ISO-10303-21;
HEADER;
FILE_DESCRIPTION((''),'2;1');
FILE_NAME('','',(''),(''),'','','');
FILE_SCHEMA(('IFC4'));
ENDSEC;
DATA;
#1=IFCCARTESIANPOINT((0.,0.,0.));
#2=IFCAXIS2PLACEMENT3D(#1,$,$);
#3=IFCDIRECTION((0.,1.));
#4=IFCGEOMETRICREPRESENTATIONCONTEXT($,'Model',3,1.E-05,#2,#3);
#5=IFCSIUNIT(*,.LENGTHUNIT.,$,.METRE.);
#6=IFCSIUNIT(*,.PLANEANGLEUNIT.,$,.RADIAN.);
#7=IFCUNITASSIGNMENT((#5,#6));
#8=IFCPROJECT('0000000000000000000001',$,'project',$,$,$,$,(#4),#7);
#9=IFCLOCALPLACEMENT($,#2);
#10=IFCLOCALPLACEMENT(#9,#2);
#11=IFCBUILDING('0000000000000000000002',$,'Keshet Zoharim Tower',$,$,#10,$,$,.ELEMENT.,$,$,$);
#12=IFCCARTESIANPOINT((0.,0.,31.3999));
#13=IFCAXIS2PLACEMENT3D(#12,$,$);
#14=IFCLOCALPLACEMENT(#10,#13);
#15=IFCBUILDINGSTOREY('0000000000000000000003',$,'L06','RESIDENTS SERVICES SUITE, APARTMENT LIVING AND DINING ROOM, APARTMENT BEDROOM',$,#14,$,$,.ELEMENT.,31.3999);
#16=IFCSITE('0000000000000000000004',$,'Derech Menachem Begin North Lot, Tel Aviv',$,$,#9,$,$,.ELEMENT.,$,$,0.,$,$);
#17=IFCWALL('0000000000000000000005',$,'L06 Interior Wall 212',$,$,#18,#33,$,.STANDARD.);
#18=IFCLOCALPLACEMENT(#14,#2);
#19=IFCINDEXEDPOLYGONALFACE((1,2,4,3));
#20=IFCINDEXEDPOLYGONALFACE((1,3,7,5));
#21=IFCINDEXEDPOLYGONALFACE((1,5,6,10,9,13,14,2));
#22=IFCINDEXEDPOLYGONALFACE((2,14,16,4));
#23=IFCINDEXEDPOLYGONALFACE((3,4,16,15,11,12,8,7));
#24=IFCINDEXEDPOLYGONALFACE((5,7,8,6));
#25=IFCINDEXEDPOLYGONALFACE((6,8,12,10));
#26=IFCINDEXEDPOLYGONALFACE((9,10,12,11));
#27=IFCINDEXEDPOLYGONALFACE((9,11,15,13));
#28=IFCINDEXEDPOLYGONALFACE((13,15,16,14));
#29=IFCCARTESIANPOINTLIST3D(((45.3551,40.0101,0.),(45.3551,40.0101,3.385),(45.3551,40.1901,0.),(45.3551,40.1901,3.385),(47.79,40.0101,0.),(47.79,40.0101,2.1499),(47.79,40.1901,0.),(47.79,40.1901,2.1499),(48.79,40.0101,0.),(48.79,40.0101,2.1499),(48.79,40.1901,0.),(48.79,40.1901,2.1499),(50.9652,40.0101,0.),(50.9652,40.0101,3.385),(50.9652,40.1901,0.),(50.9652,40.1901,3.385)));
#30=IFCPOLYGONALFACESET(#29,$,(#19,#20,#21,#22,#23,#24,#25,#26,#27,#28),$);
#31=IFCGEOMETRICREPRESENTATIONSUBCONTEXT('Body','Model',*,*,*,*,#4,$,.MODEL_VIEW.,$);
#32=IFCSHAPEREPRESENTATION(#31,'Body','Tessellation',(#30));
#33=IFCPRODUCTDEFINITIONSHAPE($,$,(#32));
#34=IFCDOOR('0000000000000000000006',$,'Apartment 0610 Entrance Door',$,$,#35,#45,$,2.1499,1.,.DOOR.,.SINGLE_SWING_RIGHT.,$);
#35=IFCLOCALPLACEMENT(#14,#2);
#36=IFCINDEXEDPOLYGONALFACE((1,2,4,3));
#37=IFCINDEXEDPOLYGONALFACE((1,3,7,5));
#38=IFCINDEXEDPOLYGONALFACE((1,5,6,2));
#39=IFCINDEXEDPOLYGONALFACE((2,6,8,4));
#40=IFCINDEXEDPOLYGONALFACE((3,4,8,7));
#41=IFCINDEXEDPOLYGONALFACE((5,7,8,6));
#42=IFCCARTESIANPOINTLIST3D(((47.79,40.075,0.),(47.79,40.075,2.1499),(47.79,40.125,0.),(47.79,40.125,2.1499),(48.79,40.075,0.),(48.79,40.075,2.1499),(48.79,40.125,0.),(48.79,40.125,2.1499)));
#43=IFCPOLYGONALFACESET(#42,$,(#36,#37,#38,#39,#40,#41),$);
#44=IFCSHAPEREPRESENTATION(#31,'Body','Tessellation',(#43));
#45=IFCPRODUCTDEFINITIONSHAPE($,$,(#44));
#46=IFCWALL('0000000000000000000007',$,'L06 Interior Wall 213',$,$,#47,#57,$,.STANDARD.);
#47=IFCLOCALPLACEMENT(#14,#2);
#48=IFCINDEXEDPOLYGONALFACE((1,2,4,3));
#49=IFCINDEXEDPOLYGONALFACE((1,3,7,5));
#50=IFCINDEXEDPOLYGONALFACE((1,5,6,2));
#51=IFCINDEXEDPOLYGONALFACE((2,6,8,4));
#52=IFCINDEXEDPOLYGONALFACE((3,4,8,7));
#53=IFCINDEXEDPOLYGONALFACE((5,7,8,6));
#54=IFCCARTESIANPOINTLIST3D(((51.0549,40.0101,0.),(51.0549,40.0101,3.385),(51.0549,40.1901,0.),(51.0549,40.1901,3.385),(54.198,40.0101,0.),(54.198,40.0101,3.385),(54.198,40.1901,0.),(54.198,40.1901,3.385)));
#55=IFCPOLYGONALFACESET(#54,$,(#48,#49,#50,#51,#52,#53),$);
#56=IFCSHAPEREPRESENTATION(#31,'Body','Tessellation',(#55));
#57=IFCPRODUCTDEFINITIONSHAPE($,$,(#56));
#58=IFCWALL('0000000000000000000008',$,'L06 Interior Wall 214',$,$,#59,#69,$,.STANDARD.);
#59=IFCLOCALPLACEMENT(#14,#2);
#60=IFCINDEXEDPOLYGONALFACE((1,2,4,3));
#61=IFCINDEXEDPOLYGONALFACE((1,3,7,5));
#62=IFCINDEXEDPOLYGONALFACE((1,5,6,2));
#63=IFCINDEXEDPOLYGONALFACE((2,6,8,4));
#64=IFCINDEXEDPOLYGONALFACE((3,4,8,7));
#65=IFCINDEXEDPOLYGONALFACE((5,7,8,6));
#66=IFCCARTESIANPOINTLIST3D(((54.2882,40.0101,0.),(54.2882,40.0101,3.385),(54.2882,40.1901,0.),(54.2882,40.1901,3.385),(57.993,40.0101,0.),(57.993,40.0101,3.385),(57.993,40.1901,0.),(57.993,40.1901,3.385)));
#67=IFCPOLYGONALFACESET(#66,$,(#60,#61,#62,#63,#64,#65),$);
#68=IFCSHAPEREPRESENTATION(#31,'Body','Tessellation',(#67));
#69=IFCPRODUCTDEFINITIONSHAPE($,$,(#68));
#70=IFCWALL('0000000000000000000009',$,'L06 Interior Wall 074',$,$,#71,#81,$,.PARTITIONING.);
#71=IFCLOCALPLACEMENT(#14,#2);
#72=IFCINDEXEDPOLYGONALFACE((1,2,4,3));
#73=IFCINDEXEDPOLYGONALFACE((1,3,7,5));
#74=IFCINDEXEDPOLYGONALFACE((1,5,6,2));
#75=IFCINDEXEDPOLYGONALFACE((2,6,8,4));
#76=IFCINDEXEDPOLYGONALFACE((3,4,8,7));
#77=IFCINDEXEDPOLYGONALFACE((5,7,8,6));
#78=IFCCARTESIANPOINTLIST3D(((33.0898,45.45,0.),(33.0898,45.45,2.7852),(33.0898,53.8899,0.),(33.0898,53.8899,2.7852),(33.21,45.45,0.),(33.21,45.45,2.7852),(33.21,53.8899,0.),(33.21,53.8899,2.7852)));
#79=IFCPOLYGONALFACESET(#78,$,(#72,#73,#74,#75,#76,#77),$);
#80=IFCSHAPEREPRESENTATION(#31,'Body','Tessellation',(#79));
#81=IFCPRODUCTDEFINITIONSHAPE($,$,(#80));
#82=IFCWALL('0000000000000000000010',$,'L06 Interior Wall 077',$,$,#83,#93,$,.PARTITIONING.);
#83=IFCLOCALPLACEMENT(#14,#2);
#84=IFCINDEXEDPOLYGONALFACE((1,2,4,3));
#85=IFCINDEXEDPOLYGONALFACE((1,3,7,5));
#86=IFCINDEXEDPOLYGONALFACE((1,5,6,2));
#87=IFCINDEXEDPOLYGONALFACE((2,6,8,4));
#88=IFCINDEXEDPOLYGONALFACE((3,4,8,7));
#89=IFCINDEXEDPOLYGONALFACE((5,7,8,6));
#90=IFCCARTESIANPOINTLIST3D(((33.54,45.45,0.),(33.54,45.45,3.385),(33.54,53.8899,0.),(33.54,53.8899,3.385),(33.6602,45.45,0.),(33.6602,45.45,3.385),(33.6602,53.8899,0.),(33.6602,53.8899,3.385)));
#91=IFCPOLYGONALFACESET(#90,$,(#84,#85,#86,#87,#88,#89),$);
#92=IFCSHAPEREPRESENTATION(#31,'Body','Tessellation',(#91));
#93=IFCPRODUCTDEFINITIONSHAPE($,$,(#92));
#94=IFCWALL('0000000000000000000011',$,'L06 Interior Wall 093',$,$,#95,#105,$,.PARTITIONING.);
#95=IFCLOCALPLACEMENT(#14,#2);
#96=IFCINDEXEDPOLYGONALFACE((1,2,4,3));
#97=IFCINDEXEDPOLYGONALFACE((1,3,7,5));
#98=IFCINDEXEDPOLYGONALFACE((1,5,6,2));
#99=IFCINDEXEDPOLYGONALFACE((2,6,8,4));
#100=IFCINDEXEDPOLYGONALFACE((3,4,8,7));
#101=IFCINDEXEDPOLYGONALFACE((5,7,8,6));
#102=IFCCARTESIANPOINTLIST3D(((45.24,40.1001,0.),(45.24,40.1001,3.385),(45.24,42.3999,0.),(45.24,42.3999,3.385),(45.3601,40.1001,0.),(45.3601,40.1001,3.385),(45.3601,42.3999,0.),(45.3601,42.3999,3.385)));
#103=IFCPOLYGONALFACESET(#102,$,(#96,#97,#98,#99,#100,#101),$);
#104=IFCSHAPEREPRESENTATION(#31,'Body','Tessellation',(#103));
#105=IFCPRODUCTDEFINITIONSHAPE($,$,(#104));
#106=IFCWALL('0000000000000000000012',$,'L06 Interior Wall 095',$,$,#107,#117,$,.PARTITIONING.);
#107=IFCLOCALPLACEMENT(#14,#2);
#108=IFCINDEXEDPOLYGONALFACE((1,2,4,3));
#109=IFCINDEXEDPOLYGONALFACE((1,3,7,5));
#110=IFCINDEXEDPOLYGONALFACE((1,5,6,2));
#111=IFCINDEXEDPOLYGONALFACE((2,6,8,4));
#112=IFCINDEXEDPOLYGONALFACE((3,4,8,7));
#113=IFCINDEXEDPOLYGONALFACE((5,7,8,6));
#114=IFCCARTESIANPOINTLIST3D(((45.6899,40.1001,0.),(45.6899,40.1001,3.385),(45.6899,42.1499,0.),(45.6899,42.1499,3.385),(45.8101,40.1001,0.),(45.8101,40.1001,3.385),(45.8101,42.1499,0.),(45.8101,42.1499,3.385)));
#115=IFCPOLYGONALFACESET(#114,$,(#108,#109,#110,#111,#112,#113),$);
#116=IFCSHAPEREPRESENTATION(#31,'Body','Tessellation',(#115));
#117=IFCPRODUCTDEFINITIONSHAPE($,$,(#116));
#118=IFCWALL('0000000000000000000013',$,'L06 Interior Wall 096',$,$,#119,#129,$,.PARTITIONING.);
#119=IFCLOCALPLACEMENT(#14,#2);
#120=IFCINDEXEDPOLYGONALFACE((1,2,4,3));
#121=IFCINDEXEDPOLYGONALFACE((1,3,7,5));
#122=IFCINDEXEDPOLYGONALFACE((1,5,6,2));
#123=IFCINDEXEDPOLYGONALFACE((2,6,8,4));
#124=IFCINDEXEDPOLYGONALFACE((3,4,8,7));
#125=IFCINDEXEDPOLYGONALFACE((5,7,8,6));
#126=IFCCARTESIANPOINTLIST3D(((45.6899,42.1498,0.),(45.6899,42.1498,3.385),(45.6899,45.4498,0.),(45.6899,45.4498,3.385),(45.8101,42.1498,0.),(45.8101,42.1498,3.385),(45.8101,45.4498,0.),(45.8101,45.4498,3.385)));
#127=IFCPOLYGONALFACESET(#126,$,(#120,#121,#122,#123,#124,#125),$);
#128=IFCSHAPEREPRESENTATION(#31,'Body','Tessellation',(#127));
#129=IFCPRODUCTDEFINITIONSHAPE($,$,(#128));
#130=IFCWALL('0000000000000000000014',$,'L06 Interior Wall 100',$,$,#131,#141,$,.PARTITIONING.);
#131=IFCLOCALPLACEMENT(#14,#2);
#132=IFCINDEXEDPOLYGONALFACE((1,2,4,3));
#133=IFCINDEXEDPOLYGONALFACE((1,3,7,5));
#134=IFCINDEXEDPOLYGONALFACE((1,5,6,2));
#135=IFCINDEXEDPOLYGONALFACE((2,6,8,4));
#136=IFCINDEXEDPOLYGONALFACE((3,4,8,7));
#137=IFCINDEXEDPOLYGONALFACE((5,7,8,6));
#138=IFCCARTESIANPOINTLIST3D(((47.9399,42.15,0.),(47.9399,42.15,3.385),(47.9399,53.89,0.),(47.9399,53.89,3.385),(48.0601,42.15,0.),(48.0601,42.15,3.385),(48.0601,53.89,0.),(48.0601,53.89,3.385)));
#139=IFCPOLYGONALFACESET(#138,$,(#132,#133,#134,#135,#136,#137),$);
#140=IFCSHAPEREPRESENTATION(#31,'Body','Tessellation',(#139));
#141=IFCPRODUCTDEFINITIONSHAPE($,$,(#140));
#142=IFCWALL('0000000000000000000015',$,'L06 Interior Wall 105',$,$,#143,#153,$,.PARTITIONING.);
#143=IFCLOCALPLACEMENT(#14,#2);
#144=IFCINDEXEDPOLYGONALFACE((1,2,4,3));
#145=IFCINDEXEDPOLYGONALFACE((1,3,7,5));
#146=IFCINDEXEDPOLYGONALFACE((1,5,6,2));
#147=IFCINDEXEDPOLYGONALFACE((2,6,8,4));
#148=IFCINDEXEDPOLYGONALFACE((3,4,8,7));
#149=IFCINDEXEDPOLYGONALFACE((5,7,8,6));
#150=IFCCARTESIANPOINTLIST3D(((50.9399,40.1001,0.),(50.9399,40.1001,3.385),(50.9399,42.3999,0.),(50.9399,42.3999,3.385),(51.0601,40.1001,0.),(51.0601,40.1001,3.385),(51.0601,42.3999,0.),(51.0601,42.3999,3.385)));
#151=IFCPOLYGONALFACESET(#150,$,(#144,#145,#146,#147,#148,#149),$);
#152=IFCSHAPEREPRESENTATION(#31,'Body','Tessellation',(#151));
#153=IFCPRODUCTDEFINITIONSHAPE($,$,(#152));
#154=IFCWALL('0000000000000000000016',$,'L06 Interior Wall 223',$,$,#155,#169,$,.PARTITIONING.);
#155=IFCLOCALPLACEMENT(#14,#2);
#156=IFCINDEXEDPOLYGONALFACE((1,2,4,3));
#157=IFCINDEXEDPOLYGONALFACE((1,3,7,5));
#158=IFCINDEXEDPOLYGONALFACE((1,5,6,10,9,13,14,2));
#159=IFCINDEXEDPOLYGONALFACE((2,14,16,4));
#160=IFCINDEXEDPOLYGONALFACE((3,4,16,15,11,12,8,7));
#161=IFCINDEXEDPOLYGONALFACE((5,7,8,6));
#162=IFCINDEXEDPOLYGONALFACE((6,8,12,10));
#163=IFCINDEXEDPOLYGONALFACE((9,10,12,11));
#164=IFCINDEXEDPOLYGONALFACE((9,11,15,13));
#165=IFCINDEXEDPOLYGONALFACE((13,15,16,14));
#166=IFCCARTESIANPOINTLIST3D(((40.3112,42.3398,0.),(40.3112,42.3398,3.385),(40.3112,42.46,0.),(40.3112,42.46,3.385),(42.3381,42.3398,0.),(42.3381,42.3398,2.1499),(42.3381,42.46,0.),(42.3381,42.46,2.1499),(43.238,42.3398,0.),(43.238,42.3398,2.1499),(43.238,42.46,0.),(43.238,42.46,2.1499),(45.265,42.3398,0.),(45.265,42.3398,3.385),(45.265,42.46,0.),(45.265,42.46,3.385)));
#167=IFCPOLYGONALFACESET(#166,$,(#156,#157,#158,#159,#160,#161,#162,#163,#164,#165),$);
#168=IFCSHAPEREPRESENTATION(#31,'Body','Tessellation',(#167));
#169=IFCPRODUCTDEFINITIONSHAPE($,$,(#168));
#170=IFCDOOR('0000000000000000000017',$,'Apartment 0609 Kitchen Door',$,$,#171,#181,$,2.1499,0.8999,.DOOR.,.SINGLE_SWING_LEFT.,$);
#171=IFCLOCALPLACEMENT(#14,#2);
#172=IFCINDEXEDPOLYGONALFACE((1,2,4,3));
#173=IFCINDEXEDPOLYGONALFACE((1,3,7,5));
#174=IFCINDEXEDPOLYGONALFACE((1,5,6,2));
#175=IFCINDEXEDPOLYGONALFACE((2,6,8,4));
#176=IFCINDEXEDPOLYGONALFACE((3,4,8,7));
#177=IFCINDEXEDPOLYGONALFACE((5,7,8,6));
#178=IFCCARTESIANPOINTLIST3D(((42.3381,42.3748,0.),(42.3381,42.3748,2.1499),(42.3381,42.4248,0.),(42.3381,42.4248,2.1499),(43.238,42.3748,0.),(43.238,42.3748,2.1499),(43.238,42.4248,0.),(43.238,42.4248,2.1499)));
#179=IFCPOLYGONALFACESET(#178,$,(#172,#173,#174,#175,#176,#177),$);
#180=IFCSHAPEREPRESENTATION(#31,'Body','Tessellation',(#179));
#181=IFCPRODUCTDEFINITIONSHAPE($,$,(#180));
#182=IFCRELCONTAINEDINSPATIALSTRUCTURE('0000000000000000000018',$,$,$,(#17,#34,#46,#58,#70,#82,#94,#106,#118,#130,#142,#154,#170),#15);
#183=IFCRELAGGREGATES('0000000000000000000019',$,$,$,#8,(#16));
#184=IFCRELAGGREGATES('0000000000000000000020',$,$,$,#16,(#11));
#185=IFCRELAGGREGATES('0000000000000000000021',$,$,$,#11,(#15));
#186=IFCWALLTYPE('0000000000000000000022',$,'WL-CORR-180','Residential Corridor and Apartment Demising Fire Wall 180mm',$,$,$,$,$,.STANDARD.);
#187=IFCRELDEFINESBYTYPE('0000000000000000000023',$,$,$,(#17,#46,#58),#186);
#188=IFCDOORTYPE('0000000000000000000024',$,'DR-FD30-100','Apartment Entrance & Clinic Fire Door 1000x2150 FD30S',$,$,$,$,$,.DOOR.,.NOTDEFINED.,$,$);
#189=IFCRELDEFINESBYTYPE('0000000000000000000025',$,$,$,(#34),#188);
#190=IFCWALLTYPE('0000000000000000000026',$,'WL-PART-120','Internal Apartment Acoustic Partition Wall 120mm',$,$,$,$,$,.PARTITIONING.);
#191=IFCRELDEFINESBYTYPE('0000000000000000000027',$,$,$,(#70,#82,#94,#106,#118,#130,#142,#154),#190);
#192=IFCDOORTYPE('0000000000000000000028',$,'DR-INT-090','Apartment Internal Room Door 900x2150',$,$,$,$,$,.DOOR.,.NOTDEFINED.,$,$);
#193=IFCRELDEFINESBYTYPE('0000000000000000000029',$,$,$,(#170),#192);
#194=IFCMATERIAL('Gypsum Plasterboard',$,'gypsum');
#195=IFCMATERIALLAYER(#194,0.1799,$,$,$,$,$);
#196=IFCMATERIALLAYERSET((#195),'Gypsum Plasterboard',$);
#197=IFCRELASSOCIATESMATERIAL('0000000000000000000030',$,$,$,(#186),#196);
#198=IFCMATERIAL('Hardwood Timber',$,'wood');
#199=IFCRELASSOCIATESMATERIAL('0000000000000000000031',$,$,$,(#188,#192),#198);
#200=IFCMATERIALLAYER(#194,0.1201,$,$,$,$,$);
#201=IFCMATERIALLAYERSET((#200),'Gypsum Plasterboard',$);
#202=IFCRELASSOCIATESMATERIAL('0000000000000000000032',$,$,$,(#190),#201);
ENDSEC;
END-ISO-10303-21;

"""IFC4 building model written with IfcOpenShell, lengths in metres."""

from ifc_helpers import new_model, si_unit, direction, frame, frame_2d, origin, place, context, subcontext, project, spatial, rectangle, extrude, material, layer, layer_set, type_object, element, fill, save


model = new_model("IFC4")

# Units and contexts
model_context = context("Model", 3, precision=1e-05, world=origin(), true_north=direction((0.0, 1.0)))
body_context = subcontext(model_context, "Body", "Model", "MODEL_VIEW")
ifc_project = project(units=[si_unit("LENGTHUNIT", "METRE"), si_unit("PLANEANGLEUNIT", "RADIAN")], contexts=[model_context])

# Site, building, storey
site_placement = place(None, origin())
site = spatial("IfcSite", under=ifc_project, at=site_placement, Name="Derech Menachem Begin North Lot, Tel Aviv", CompositionType="ELEMENT", RefElevation=0.0)
building_placement = place(site_placement, origin())
building = spatial("IfcBuilding", under=site, at=building_placement, Name="Keshet Zoharim Tower", CompositionType="ELEMENT")
storey_placement = place(building_placement, frame((0.0, 0.0, 31.3999)))
storey = spatial("IfcBuildingStorey", under=building, at=storey_placement, Name="L06", Description="RESIDENTS SERVICES SUITE, APARTMENT LIVING AND DINING ROOM, APARTMENT BEDROOM", CompositionType="ELEMENT", Elevation=31.3999)

# Wall, opening, door
ifc_material_1 = material(Name="Gypsum Plasterboard", Category="gypsum")
ifc_layer_1 = layer(ifc_material_1, 0.1799)
ifc_layer_set_1 = layer_set([ifc_layer_1], Name="Gypsum Plasterboard")
wall_type_1 = type_object("IfcWallType", Name="WL-CORR-180", Description="Residential Corridor and Apartment Demising Fire Wall 180mm", PredefinedType="STANDARD", material=ifc_layer_set_1)
wall_1_placement = place(storey_placement, frame((45.355, 40.1001, 0.0), z_axis=(0.0, 0.0, 1.0), x_axis=(1.0, 0.0, 0.0)))
wall_1 = element("IfcWall", 1, at=wall_1_placement, inside=storey, type_object=wall_type_1, Name="L06 Interior Wall 212", PredefinedType="STANDARD", context=body_context, shape_type="SweptSolid", body=[
    extrude(rectangle(XDim=5.6101, YDim=0.1799, at=frame_2d((2.8052, 0.0))), origin(), (0.0, 0.0, 1.0), 3.385),
])
opening_1_placement = place(wall_1_placement, frame((2.4351, 0.0, 0.0)))
opening_1 = element("IfcOpeningElement", 2, at=opening_1_placement, cuts=wall_1, PredefinedType="OPENING", context=body_context, shape_type="SweptSolid", body=[
    extrude(rectangle(XDim=1.0, YDim=2.1499, at=frame_2d((0.5, 1.075))), frame((0.0, 0.1001, 0.0), z_axis=(0.0, -1.0, 0.0), x_axis=(1.0, 0.0, 0.0)), (0.0, 0.0, 1.0), 0.2),
])
ifc_material_2 = material(Name="Hardwood Timber", Category="wood")
door_type_1 = type_object("IfcDoorType", Name="DR-FD30-100", Description="Apartment Entrance & Clinic Fire Door 1000x2150 FD30S", OperationType="NOTDEFINED", PredefinedType="DOOR", material=ifc_material_2)
door_1_placement = place(opening_1_placement, origin())
door_1 = element("IfcDoor", 3, at=door_1_placement, inside=storey, type_object=door_type_1, Name="Apartment 0610 Entrance Door", OperationType="SINGLE_SWING_RIGHT", OverallHeight=2.1499, OverallWidth=1.0, PredefinedType="DOOR", context=body_context, shape_type="SweptSolid", body=[
    extrude(rectangle(XDim=1.0, YDim=2.1499, at=frame_2d((0.5, 1.075))), frame((0.0, 0.0249, 0.0), z_axis=(0.0, -1.0, 0.0), x_axis=(1.0, 0.0, 0.0)), (0.0, 0.0, 1.0), 0.05),
])
fill(opening_1, door_1)

# Walls
wall_2_placement = place(storey_placement, frame((51.0549, 40.1001, 0.0), z_axis=(0.0, 0.0, 1.0), x_axis=(1.0, 0.0, 0.0)))
element("IfcWall", 4, at=wall_2_placement, inside=storey, type_object=wall_type_1, Name="L06 Interior Wall 213", PredefinedType="STANDARD", context=body_context, shape_type="SweptSolid", body=[
    extrude(rectangle(XDim=3.1431, YDim=0.1799, at=frame_2d((1.5715, 0.0))), origin(), (0.0, 0.0, 1.0), 3.385),
])
wall_3_placement = place(storey_placement, frame((54.2881, 40.1001, 0.0), z_axis=(0.0, 0.0, 1.0), x_axis=(1.0, 0.0, 0.0)))
element("IfcWall", 5, at=wall_3_placement, inside=storey, type_object=wall_type_1, Name="L06 Interior Wall 214", PredefinedType="STANDARD", context=body_context, shape_type="SweptSolid", body=[
    extrude(rectangle(XDim=3.7048, YDim=0.1799, at=frame_2d((1.8525, 0.0))), origin(), (0.0, 0.0, 1.0), 3.385),
])

# Walls
ifc_layer_2 = layer(ifc_material_1, 0.1201)
ifc_layer_set_2 = layer_set([ifc_layer_2], Name="Gypsum Plasterboard")
wall_type_2 = type_object("IfcWallType", Name="WL-PART-120", Description="Internal Apartment Acoustic Partition Wall 120mm", PredefinedType="PARTITIONING", material=ifc_layer_set_2)
wall_4_placement = place(storey_placement, frame((33.1499, 45.45, 0.0), z_axis=(0.0, 0.0, 1.0), x_axis=(0.0, 1.0, 0.0)))
element("IfcWall", 6, at=wall_4_placement, inside=storey, type_object=wall_type_2, Name="L06 Interior Wall 074", PredefinedType="PARTITIONING", context=body_context, shape_type="SweptSolid", body=[
    extrude(rectangle(XDim=8.4399, YDim=0.1201, at=frame_2d((4.22, 0.0))), origin(), (0.0, 0.0, 1.0), 2.7852),
])
wall_5_placement = place(storey_placement, frame((33.6001, 45.45, 0.0), z_axis=(0.0, 0.0, 1.0), x_axis=(0.0, 1.0, 0.0)))
element("IfcWall", 7, at=wall_5_placement, inside=storey, type_object=wall_type_2, Name="L06 Interior Wall 077", PredefinedType="PARTITIONING", context=body_context, shape_type="SweptSolid", body=[
    extrude(rectangle(XDim=8.4399, YDim=0.1201, at=frame_2d((4.22, 0.0))), origin(), (0.0, 0.0, 1.0), 3.385),
])
wall_6_placement = place(storey_placement, frame((45.3, 40.1001, 0.0), z_axis=(0.0, 0.0, 1.0), x_axis=(0.0, 1.0, 0.0)))
element("IfcWall", 8, at=wall_6_placement, inside=storey, type_object=wall_type_2, Name="L06 Interior Wall 093", PredefinedType="PARTITIONING", context=body_context, shape_type="SweptSolid", body=[
    extrude(rectangle(XDim=2.2998, YDim=0.1201, at=frame_2d((1.1499, 0.0))), origin(), (0.0, 0.0, 1.0), 3.385),
])
wall_7_placement = place(storey_placement, frame((45.75, 40.1001, 0.0), z_axis=(0.0, 0.0, 1.0), x_axis=(0.0, 1.0, 0.0)))
element("IfcWall", 9, at=wall_7_placement, inside=storey, type_object=wall_type_2, Name="L06 Interior Wall 095", PredefinedType="PARTITIONING", context=body_context, shape_type="SweptSolid", body=[
    extrude(rectangle(XDim=2.0498, YDim=0.1201, at=frame_2d((1.0249, 0.0))), origin(), (0.0, 0.0, 1.0), 3.385),
])
wall_8_placement = place(storey_placement, frame((45.75, 42.1499, 0.0), z_axis=(0.0, 0.0, 1.0), x_axis=(0.0, 1.0, 0.0)))
element("IfcWall", 10, at=wall_8_placement, inside=storey, type_object=wall_type_2, Name="L06 Interior Wall 096", PredefinedType="PARTITIONING", context=body_context, shape_type="SweptSolid", body=[
    extrude(rectangle(XDim=3.3, YDim=0.1201, at=frame_2d((1.6499, 0.0))), origin(), (0.0, 0.0, 1.0), 3.385),
])
wall_9_placement = place(storey_placement, frame((48.0, 42.1499, 0.0), z_axis=(0.0, 0.0, 1.0), x_axis=(0.0, 1.0, 0.0)))
element("IfcWall", 11, at=wall_9_placement, inside=storey, type_object=wall_type_2, Name="L06 Interior Wall 100", PredefinedType="PARTITIONING", context=body_context, shape_type="SweptSolid", body=[
    extrude(rectangle(XDim=11.74, YDim=0.1201, at=frame_2d((5.8701, 0.0))), origin(), (0.0, 0.0, 1.0), 3.385),
])
wall_10_placement = place(storey_placement, frame((51.0, 40.1001, 0.0), z_axis=(0.0, 0.0, 1.0), x_axis=(0.0, 1.0, 0.0)))
element("IfcWall", 12, at=wall_10_placement, inside=storey, type_object=wall_type_2, Name="L06 Interior Wall 105", PredefinedType="PARTITIONING", context=body_context, shape_type="SweptSolid", body=[
    extrude(rectangle(XDim=2.2998, YDim=0.1201, at=frame_2d((1.1499, 0.0))), origin(), (0.0, 0.0, 1.0), 3.385),
])

# Wall, opening, door
door_type_2 = type_object("IfcDoorType", Name="DR-INT-090", Description="Apartment Internal Room Door 900x2150", OperationType="NOTDEFINED", PredefinedType="DOOR", material=ifc_material_2)
wall_11_placement = place(storey_placement, frame((40.311, 42.3999, 0.0), z_axis=(0.0, 0.0, 1.0), x_axis=(1.0, 0.0, 0.0)))
wall_11 = element("IfcWall", 13, at=wall_11_placement, inside=storey, type_object=wall_type_2, Name="L06 Interior Wall 223", PredefinedType="PARTITIONING", context=body_context, shape_type="SweptSolid", body=[
    extrude(rectangle(XDim=4.9539, YDim=0.1201, at=frame_2d((2.4771, 0.0))), origin(), (0.0, 0.0, 1.0), 3.385),
])
opening_2_placement = place(wall_11_placement, frame((2.0271, 0.0, 0.0)))
opening_2 = element("IfcOpeningElement", 14, at=opening_2_placement, cuts=wall_11, PredefinedType="OPENING", context=body_context, shape_type="SweptSolid", body=[
    extrude(rectangle(XDim=0.8999, YDim=2.1499, at=frame_2d((0.45, 1.075))), frame((0.0, 0.0701, 0.0), z_axis=(0.0, -1.0, 0.0), x_axis=(1.0, 0.0, 0.0)), (0.0, 0.0, 1.0), 0.1401),
])
door_2_placement = place(opening_2_placement, origin())
door_2 = element("IfcDoor", 15, at=door_2_placement, inside=storey, type_object=door_type_2, Name="Apartment 0609 Kitchen Door", OperationType="SINGLE_SWING_LEFT", OverallHeight=2.1499, OverallWidth=0.8999, PredefinedType="DOOR", context=body_context, shape_type="SweptSolid", body=[
    extrude(rectangle(XDim=0.8999, YDim=2.1499, at=frame_2d((0.45, 1.075))), frame((0.0, 0.0249, 0.0), z_axis=(0.0, -1.0, 0.0), x_axis=(1.0, 0.0, 0.0)), (0.0, 0.0, 1.0), 0.05),
])
fill(opening_2, door_2)

save(model, "model.ifc")
